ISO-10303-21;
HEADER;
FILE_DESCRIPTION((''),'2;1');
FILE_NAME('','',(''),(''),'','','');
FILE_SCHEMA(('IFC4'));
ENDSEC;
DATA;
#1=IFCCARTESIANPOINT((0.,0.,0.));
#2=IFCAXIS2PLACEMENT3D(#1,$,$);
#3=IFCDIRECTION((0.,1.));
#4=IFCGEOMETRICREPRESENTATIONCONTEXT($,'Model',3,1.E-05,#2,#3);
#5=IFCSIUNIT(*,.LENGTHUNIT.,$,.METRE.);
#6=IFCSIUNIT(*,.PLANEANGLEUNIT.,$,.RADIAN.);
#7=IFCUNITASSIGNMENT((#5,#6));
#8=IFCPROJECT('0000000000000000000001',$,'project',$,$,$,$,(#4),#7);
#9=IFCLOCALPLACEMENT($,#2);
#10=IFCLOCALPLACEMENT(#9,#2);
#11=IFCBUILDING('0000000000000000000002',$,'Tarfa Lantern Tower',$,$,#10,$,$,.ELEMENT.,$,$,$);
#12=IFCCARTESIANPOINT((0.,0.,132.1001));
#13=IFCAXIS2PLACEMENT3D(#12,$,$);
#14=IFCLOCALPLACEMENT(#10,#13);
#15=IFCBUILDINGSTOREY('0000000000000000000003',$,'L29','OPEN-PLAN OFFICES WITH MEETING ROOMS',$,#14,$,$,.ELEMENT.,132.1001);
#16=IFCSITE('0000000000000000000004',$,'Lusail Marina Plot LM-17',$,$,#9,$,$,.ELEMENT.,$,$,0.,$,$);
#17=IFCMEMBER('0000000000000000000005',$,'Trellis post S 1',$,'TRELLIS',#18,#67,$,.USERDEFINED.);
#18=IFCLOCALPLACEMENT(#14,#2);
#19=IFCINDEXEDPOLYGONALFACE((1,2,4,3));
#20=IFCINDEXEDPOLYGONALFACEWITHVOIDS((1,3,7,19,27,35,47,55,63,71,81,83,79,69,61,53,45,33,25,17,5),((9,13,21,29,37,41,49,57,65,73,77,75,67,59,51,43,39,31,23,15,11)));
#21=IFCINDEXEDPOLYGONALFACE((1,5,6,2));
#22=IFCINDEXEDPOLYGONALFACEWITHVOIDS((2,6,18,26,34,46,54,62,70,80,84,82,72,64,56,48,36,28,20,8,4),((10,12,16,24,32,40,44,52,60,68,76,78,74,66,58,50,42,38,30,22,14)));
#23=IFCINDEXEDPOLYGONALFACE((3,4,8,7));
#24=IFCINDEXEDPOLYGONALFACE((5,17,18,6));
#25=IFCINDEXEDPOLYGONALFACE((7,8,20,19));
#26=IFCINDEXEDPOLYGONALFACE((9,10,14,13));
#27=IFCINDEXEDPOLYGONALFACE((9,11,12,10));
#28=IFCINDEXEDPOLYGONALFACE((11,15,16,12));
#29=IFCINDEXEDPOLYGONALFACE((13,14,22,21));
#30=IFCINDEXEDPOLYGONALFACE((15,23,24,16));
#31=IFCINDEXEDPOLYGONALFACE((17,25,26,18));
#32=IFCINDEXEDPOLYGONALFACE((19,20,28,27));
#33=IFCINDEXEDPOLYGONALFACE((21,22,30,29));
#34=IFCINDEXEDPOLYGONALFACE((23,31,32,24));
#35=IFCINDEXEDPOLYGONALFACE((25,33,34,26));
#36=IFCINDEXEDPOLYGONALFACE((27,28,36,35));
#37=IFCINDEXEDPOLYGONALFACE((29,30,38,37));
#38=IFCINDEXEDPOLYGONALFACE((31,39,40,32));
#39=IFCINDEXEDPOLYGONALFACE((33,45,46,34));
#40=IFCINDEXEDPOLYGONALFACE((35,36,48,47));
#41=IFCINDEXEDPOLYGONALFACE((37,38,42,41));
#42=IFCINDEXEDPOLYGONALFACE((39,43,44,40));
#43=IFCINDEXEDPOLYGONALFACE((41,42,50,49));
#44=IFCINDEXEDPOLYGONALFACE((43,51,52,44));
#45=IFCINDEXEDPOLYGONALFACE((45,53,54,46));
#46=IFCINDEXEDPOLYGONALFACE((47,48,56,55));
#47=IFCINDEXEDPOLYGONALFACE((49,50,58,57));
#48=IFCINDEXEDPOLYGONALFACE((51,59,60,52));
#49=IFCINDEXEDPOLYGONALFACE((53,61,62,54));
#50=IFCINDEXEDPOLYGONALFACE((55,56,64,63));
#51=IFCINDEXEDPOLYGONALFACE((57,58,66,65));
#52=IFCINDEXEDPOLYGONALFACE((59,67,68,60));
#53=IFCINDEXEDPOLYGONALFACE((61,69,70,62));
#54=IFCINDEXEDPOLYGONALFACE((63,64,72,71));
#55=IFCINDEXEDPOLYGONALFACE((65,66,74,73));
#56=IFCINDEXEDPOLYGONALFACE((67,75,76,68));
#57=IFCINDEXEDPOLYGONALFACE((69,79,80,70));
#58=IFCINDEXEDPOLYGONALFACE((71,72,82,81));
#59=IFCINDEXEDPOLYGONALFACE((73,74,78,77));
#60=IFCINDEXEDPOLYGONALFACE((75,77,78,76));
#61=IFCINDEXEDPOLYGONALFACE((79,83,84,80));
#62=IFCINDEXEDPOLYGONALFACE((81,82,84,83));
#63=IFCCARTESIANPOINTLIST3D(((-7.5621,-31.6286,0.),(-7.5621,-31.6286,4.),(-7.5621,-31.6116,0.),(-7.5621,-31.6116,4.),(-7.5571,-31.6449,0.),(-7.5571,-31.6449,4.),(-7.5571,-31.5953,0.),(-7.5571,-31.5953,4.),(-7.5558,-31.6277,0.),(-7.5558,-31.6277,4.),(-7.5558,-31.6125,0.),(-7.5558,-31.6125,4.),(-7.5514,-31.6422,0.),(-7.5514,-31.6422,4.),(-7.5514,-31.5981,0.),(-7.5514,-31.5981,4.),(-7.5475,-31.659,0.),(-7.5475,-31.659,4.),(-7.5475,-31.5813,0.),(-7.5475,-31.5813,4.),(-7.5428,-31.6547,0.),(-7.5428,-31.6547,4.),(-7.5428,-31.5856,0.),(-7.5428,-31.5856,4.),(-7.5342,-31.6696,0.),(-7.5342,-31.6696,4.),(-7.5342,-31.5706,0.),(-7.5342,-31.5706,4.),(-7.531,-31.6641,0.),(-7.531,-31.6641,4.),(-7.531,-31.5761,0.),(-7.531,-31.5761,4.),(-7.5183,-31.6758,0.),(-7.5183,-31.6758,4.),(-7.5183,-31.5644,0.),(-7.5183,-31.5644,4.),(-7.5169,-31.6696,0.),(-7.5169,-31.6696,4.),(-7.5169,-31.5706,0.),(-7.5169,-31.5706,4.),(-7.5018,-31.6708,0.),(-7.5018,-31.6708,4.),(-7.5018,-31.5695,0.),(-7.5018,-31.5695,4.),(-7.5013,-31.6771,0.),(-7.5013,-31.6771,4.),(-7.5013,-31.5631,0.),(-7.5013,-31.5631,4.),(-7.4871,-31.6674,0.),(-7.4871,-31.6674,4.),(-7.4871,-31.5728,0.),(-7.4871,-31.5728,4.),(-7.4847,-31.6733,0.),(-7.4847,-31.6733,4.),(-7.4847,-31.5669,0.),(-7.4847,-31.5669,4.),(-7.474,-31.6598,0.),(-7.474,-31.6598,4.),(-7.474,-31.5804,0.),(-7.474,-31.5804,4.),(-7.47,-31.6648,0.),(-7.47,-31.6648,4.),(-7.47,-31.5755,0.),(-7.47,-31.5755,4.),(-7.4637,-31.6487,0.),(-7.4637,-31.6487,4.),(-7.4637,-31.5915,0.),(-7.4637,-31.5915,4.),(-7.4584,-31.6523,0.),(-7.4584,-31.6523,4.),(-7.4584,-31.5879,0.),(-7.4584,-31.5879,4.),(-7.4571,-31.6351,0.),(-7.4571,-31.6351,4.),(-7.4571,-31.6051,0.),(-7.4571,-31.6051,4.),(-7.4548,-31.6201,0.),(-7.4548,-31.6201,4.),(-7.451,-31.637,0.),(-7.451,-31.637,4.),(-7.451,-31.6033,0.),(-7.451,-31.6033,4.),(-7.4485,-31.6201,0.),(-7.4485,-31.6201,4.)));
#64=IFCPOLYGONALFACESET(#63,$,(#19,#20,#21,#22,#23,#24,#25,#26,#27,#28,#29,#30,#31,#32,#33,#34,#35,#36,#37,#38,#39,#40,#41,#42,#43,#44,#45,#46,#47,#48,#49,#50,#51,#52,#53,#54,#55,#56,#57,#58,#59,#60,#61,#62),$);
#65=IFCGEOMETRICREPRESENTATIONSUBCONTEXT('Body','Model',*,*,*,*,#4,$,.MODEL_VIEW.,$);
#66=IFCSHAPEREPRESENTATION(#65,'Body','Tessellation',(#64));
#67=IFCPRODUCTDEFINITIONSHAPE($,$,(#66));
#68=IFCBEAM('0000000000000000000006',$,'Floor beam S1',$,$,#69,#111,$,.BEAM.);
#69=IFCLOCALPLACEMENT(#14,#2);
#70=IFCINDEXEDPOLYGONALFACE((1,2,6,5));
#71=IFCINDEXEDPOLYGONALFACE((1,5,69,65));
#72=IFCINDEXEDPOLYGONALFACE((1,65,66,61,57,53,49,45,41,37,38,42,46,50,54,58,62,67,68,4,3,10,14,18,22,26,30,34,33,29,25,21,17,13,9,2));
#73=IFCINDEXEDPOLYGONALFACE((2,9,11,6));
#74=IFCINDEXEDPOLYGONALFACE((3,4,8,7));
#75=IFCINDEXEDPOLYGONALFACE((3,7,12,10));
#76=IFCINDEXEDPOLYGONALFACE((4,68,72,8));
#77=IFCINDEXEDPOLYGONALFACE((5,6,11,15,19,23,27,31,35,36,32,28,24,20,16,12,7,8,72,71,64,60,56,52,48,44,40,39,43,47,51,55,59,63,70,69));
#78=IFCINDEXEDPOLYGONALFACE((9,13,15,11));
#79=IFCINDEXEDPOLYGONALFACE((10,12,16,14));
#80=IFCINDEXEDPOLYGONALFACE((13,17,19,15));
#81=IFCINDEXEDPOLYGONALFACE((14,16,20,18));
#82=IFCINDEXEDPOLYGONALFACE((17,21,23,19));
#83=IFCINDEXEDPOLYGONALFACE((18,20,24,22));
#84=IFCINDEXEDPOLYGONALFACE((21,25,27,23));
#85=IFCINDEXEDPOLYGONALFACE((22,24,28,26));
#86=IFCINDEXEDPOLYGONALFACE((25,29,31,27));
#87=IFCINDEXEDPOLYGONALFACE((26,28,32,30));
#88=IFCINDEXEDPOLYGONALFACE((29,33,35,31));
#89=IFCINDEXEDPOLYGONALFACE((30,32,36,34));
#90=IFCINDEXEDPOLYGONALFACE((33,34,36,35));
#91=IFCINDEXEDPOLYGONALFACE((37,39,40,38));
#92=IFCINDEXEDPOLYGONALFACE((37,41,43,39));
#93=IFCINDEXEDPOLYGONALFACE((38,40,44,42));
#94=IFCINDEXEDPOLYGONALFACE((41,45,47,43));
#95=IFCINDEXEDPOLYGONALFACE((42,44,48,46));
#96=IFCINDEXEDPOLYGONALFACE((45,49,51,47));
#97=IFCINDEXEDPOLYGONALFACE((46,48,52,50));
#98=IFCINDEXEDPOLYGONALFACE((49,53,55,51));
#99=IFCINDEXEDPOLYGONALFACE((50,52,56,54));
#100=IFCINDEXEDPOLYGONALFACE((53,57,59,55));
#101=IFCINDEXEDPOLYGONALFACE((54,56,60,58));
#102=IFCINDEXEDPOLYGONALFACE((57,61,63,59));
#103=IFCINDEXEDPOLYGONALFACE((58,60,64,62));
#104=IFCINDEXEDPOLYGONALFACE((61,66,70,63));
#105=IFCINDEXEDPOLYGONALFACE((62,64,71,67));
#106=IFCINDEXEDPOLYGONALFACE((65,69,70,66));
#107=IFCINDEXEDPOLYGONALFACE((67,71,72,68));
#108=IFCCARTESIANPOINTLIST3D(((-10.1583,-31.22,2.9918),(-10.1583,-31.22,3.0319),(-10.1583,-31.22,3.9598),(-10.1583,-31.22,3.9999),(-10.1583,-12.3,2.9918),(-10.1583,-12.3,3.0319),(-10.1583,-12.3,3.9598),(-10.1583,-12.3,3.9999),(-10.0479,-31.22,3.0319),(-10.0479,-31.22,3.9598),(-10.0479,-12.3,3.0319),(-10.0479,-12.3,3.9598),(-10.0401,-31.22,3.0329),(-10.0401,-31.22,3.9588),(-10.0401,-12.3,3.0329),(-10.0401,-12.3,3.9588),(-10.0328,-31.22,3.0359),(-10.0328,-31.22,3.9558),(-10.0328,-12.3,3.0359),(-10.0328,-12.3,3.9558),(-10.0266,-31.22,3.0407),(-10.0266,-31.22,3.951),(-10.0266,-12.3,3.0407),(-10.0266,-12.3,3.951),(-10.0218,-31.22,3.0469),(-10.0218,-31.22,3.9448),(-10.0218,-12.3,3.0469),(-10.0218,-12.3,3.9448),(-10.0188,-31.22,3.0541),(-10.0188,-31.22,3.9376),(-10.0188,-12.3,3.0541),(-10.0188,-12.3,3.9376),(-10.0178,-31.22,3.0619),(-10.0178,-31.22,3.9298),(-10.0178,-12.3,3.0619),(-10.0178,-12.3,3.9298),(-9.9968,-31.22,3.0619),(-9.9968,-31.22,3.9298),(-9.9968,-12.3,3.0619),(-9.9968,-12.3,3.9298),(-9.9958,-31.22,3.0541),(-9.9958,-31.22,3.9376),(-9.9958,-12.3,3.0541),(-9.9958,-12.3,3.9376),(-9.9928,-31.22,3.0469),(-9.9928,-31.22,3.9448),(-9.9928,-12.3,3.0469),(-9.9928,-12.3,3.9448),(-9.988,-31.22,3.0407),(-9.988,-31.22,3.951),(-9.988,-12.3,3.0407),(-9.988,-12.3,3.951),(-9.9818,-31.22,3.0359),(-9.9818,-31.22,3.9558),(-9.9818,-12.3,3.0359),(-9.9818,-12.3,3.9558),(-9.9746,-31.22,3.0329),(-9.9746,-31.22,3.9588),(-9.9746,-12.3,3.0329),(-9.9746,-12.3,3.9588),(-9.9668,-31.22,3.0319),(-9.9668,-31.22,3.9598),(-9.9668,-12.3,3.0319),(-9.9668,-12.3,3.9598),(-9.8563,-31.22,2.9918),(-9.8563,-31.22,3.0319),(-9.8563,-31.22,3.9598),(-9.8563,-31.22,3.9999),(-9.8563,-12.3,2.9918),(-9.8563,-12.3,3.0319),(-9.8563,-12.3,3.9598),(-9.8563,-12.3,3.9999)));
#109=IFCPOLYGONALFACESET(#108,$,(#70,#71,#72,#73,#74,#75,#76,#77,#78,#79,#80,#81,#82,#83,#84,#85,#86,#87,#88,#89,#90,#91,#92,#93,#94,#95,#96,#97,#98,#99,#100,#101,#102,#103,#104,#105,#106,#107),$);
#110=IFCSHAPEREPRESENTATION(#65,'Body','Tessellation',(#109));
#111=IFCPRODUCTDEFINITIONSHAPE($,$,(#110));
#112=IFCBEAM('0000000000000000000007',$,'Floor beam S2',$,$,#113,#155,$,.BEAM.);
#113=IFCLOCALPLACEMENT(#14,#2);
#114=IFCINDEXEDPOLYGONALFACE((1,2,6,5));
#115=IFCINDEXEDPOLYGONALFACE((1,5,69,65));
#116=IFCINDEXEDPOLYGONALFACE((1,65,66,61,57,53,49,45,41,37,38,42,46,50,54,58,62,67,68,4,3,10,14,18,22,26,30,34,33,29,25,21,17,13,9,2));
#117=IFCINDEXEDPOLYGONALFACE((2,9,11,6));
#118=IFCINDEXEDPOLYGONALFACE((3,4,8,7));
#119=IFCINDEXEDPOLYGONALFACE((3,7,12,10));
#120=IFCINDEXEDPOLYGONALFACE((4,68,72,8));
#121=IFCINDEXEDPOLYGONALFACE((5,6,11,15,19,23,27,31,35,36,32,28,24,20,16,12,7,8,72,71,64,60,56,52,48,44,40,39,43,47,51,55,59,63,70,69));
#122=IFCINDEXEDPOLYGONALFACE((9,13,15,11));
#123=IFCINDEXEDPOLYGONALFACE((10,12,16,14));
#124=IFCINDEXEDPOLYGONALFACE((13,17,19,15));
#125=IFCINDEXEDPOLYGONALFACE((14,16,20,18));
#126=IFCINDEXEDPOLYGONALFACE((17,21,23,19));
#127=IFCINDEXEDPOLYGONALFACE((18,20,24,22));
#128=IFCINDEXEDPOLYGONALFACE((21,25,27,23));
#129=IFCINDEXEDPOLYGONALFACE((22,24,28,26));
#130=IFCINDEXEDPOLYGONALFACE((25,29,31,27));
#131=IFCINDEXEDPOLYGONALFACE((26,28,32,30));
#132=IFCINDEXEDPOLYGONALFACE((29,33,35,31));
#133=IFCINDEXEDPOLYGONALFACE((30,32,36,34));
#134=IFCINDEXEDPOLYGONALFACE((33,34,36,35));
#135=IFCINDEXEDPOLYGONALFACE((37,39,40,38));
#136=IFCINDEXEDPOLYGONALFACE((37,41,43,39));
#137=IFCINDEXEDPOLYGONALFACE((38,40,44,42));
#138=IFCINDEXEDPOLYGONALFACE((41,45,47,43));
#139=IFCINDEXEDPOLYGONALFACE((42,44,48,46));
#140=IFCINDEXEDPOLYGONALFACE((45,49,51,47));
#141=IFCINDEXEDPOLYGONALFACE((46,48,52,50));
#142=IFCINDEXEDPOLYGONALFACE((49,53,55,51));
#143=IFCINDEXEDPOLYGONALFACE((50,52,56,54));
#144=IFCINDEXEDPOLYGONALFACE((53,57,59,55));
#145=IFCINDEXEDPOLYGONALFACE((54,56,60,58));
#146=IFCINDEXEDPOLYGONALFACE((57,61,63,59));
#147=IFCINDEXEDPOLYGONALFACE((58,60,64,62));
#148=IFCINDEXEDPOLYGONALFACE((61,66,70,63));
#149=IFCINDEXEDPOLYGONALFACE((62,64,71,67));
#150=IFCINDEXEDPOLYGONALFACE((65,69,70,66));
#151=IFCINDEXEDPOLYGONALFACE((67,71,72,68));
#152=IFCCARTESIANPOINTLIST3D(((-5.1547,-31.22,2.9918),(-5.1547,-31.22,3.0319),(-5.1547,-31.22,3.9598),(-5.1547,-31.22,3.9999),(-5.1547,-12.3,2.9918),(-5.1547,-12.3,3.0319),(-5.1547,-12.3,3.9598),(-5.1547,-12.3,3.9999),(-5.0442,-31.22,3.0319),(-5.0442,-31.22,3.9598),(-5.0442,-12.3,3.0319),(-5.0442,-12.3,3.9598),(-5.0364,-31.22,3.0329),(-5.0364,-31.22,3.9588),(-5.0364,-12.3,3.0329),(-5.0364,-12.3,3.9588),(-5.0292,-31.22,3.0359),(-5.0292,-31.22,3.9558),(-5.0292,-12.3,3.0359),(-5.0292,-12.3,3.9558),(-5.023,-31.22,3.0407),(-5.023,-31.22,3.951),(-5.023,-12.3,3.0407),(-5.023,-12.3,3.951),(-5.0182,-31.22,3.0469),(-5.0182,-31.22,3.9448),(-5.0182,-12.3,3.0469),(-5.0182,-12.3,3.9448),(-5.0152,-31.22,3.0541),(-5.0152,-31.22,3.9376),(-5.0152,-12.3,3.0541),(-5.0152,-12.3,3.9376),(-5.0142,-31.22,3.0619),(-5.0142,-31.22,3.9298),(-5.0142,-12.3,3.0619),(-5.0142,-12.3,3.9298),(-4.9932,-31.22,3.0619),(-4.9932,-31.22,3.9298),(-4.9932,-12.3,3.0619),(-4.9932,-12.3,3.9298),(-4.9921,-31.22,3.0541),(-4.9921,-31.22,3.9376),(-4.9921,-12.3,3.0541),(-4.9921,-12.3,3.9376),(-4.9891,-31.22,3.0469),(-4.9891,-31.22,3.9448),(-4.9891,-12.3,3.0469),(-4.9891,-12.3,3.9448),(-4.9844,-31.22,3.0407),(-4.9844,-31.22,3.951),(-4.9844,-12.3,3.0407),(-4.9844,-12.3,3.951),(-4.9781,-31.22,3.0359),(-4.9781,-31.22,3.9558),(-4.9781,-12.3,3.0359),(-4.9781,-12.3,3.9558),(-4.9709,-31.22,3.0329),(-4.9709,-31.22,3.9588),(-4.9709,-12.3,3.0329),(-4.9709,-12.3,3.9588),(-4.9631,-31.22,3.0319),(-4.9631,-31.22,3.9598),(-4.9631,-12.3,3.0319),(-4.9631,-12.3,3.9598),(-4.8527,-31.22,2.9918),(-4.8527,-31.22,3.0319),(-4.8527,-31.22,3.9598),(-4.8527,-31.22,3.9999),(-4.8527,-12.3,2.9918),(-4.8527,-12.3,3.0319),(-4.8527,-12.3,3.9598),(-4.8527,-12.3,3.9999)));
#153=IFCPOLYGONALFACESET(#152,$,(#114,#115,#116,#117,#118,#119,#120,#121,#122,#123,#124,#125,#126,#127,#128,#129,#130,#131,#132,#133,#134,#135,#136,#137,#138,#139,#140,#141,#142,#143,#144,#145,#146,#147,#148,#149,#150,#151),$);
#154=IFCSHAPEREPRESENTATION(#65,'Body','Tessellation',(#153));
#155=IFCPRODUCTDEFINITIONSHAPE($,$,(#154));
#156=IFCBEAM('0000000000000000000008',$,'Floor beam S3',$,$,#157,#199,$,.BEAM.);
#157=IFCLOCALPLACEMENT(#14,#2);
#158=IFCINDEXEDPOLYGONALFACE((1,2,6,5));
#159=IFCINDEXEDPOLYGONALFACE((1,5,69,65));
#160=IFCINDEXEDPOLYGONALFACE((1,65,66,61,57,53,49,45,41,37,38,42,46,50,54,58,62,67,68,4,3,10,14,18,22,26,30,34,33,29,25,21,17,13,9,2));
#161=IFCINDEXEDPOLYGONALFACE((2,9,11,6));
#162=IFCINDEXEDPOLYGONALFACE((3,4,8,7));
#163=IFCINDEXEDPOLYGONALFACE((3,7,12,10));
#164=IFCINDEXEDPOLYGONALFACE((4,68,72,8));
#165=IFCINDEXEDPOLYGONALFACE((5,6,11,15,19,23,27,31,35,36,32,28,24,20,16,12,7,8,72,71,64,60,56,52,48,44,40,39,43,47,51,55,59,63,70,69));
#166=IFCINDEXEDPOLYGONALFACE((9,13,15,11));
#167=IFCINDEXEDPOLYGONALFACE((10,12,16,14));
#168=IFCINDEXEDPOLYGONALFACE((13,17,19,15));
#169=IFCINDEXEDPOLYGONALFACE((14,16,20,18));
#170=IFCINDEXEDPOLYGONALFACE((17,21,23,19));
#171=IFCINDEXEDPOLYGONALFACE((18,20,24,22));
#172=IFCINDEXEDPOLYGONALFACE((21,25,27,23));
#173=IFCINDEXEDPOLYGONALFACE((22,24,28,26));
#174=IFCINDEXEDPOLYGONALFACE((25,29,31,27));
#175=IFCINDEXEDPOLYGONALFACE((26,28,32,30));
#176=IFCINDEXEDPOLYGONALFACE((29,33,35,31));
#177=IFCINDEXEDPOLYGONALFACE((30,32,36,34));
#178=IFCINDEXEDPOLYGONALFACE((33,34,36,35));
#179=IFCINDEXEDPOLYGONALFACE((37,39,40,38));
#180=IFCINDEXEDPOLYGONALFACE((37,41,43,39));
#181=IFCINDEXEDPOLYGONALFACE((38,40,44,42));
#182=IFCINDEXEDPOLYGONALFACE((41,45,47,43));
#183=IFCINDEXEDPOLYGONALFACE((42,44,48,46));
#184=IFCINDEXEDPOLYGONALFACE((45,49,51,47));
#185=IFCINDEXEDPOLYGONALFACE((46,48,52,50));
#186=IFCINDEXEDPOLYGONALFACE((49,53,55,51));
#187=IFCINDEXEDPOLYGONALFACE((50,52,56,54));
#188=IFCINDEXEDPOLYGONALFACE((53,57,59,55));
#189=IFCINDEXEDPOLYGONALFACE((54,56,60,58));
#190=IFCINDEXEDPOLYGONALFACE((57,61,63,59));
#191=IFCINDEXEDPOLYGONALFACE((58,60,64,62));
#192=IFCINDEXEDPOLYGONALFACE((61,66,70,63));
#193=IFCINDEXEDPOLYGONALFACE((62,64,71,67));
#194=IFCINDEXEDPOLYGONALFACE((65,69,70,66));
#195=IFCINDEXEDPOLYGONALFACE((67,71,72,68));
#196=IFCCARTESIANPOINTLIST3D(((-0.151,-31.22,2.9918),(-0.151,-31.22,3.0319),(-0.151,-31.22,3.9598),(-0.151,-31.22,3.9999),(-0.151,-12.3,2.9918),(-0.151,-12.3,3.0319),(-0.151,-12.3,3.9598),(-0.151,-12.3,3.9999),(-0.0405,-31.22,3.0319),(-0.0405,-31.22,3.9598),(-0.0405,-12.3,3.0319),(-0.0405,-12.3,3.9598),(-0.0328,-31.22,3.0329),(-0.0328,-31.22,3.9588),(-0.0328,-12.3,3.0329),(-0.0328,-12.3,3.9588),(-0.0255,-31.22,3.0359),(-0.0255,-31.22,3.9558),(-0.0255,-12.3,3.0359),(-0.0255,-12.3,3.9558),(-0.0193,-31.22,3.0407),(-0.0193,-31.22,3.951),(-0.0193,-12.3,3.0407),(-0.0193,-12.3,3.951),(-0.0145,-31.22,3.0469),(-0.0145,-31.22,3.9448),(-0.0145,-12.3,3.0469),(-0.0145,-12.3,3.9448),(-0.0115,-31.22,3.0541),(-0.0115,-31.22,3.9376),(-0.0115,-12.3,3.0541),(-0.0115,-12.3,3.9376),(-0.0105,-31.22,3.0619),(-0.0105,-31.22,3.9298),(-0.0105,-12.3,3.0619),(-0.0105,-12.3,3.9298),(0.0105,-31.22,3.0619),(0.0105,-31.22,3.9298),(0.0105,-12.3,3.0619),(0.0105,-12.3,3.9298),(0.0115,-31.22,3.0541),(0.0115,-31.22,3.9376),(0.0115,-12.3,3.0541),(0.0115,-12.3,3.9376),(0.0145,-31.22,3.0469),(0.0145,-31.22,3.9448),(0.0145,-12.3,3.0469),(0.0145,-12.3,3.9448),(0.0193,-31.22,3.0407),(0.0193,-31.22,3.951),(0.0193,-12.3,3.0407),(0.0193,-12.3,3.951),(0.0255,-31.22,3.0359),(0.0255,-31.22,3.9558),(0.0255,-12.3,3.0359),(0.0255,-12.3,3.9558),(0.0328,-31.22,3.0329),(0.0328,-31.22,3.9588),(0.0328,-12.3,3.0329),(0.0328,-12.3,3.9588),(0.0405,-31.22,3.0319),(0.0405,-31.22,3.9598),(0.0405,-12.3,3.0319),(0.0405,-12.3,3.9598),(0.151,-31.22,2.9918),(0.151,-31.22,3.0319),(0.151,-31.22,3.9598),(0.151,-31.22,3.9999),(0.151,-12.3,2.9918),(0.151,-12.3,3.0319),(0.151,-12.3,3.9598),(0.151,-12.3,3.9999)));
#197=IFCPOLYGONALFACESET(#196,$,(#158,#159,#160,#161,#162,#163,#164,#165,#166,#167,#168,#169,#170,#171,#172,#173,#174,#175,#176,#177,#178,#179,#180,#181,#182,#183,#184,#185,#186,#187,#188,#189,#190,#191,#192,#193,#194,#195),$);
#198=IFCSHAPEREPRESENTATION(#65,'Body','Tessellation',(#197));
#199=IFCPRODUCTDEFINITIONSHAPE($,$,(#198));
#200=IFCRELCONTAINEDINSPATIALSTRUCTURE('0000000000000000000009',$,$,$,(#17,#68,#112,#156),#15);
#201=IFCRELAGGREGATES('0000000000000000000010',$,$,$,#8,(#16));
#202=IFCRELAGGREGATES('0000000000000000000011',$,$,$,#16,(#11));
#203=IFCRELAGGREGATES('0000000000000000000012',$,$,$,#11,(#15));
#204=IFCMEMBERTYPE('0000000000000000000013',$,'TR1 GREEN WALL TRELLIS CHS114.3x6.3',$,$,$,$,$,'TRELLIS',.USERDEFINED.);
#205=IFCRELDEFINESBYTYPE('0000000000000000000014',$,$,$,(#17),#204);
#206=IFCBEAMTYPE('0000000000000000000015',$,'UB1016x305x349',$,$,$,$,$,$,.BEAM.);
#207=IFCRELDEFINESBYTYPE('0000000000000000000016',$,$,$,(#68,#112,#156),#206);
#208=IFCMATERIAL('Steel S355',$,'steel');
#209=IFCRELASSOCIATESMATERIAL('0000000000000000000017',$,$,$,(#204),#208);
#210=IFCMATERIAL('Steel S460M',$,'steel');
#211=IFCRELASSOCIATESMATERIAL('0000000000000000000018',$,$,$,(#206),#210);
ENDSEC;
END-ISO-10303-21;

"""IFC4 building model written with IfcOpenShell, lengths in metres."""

from ifc_helpers import new_model, si_unit, direction, frame, origin, origin_2d, place, context, subcontext, project, spatial, hollow_circle, i_section, extrude, material, material_profile, profile_set, type_object, element, save


model = new_model("IFC4")

# Units and contexts
model_context = context("Model", 3, precision=1e-05, world=origin(), true_north=direction((0.0, 1.0)))
body_context = subcontext(model_context, "Body", "Model", "MODEL_VIEW")
ifc_project = project(units=[si_unit("LENGTHUNIT", "METRE"), si_unit("PLANEANGLEUNIT", "RADIAN")], contexts=[model_context])

# Site, building, storey
site_placement = place(None, origin())
site = spatial("IfcSite", under=ifc_project, at=site_placement, Name="Lusail Marina Plot LM-17", CompositionType="ELEMENT", RefElevation=0.0)
building_placement = place(site_placement, origin())
building = spatial("IfcBuilding", under=site, at=building_placement, Name="Tarfa Lantern Tower", CompositionType="ELEMENT")
storey_placement = place(building_placement, frame((0.0, 0.0, 132.1001)))
storey = spatial("IfcBuildingStorey", under=building, at=storey_placement, Name="L29", Description="OPEN-PLAN OFFICES WITH MEETING ROOMS", CompositionType="ELEMENT", Elevation=132.1001)

# Member
ifc_material_1 = material(Name="Steel S355", Category="steel")
ifc_material_profile_1 = material_profile(ifc_material_1, hollow_circle(Radius=0.0571, WallThickness=0.0063, at=origin_2d()), Name="CHS114.3x6.3")
ifc_profile_set_1 = profile_set([ifc_material_profile_1], Name="Steel S355")
member_type_1 = type_object("IfcMemberType", Name="TR1 GREEN WALL TRELLIS CHS114.3x6.3", ElementType="TRELLIS", PredefinedType="USERDEFINED", material=ifc_profile_set_1)
member_1_placement = place(storey_placement, frame((-7.5056, -31.6201, 0.0), z_axis=(0.0, 0.0, 1.0), x_axis=(1.0, 0.0, 0.0)))
element("IfcMember", 1, at=member_1_placement, inside=storey, type_object=member_type_1, Name="Trellis post S 1", ObjectType="TRELLIS", PredefinedType="USERDEFINED", context=body_context, shape_type="SweptSolid", body=[
    extrude(hollow_circle(Radius=0.0571, WallThickness=0.0063, at=origin_2d()), origin(), (0.0, 0.0, 1.0), 4.0),
])

# Beams
ifc_material_2 = material(Name="Steel S460M", Category="steel")
ifc_material_profile_2 = material_profile(ifc_material_2, i_section(OverallWidth=0.302, OverallDepth=1.0081, WebThickness=0.021, FlangeThickness=0.04, FilletRadius=0.03, at=origin_2d()), Name="UB1016x305x349")
ifc_profile_set_2 = profile_set([ifc_material_profile_2], Name="Steel S460M")
beam_type_1 = type_object("IfcBeamType", Name="UB1016x305x349", PredefinedType="BEAM", material=ifc_profile_set_2)
for number, where, z_axis, x_axis, name in (
    (2, (-10.0073, -31.22, 3.4958), (0.0, 1.0, 0.0), (-1.0, 0.0, 0.0), "Floor beam S1"),
    (3, (-5.0037, -31.22, 3.4958), (0.0, 1.0, 0.0), (-1.0, 0.0, 0.0), "Floor beam S2"),
    (4, (0.0, -31.22, 3.4958), (0.0, 1.0, 0.0), (-1.0, 0.0, 0.0), "Floor beam S3"),
):
    element("IfcBeam", number, at=place(storey_placement, frame(where, z_axis=z_axis, x_axis=x_axis)), inside=storey, type_object=beam_type_1, Name=name, PredefinedType="BEAM", context=body_context, shape_type="SweptSolid", body=[
        extrude(i_section(OverallWidth=0.302, OverallDepth=1.0081, WebThickness=0.021, FlangeThickness=0.04, FilletRadius=0.03, at=origin_2d()), origin(), (0.0, 0.0, 1.0), 18.9199),
    ])

save(model, "model.ifc")
